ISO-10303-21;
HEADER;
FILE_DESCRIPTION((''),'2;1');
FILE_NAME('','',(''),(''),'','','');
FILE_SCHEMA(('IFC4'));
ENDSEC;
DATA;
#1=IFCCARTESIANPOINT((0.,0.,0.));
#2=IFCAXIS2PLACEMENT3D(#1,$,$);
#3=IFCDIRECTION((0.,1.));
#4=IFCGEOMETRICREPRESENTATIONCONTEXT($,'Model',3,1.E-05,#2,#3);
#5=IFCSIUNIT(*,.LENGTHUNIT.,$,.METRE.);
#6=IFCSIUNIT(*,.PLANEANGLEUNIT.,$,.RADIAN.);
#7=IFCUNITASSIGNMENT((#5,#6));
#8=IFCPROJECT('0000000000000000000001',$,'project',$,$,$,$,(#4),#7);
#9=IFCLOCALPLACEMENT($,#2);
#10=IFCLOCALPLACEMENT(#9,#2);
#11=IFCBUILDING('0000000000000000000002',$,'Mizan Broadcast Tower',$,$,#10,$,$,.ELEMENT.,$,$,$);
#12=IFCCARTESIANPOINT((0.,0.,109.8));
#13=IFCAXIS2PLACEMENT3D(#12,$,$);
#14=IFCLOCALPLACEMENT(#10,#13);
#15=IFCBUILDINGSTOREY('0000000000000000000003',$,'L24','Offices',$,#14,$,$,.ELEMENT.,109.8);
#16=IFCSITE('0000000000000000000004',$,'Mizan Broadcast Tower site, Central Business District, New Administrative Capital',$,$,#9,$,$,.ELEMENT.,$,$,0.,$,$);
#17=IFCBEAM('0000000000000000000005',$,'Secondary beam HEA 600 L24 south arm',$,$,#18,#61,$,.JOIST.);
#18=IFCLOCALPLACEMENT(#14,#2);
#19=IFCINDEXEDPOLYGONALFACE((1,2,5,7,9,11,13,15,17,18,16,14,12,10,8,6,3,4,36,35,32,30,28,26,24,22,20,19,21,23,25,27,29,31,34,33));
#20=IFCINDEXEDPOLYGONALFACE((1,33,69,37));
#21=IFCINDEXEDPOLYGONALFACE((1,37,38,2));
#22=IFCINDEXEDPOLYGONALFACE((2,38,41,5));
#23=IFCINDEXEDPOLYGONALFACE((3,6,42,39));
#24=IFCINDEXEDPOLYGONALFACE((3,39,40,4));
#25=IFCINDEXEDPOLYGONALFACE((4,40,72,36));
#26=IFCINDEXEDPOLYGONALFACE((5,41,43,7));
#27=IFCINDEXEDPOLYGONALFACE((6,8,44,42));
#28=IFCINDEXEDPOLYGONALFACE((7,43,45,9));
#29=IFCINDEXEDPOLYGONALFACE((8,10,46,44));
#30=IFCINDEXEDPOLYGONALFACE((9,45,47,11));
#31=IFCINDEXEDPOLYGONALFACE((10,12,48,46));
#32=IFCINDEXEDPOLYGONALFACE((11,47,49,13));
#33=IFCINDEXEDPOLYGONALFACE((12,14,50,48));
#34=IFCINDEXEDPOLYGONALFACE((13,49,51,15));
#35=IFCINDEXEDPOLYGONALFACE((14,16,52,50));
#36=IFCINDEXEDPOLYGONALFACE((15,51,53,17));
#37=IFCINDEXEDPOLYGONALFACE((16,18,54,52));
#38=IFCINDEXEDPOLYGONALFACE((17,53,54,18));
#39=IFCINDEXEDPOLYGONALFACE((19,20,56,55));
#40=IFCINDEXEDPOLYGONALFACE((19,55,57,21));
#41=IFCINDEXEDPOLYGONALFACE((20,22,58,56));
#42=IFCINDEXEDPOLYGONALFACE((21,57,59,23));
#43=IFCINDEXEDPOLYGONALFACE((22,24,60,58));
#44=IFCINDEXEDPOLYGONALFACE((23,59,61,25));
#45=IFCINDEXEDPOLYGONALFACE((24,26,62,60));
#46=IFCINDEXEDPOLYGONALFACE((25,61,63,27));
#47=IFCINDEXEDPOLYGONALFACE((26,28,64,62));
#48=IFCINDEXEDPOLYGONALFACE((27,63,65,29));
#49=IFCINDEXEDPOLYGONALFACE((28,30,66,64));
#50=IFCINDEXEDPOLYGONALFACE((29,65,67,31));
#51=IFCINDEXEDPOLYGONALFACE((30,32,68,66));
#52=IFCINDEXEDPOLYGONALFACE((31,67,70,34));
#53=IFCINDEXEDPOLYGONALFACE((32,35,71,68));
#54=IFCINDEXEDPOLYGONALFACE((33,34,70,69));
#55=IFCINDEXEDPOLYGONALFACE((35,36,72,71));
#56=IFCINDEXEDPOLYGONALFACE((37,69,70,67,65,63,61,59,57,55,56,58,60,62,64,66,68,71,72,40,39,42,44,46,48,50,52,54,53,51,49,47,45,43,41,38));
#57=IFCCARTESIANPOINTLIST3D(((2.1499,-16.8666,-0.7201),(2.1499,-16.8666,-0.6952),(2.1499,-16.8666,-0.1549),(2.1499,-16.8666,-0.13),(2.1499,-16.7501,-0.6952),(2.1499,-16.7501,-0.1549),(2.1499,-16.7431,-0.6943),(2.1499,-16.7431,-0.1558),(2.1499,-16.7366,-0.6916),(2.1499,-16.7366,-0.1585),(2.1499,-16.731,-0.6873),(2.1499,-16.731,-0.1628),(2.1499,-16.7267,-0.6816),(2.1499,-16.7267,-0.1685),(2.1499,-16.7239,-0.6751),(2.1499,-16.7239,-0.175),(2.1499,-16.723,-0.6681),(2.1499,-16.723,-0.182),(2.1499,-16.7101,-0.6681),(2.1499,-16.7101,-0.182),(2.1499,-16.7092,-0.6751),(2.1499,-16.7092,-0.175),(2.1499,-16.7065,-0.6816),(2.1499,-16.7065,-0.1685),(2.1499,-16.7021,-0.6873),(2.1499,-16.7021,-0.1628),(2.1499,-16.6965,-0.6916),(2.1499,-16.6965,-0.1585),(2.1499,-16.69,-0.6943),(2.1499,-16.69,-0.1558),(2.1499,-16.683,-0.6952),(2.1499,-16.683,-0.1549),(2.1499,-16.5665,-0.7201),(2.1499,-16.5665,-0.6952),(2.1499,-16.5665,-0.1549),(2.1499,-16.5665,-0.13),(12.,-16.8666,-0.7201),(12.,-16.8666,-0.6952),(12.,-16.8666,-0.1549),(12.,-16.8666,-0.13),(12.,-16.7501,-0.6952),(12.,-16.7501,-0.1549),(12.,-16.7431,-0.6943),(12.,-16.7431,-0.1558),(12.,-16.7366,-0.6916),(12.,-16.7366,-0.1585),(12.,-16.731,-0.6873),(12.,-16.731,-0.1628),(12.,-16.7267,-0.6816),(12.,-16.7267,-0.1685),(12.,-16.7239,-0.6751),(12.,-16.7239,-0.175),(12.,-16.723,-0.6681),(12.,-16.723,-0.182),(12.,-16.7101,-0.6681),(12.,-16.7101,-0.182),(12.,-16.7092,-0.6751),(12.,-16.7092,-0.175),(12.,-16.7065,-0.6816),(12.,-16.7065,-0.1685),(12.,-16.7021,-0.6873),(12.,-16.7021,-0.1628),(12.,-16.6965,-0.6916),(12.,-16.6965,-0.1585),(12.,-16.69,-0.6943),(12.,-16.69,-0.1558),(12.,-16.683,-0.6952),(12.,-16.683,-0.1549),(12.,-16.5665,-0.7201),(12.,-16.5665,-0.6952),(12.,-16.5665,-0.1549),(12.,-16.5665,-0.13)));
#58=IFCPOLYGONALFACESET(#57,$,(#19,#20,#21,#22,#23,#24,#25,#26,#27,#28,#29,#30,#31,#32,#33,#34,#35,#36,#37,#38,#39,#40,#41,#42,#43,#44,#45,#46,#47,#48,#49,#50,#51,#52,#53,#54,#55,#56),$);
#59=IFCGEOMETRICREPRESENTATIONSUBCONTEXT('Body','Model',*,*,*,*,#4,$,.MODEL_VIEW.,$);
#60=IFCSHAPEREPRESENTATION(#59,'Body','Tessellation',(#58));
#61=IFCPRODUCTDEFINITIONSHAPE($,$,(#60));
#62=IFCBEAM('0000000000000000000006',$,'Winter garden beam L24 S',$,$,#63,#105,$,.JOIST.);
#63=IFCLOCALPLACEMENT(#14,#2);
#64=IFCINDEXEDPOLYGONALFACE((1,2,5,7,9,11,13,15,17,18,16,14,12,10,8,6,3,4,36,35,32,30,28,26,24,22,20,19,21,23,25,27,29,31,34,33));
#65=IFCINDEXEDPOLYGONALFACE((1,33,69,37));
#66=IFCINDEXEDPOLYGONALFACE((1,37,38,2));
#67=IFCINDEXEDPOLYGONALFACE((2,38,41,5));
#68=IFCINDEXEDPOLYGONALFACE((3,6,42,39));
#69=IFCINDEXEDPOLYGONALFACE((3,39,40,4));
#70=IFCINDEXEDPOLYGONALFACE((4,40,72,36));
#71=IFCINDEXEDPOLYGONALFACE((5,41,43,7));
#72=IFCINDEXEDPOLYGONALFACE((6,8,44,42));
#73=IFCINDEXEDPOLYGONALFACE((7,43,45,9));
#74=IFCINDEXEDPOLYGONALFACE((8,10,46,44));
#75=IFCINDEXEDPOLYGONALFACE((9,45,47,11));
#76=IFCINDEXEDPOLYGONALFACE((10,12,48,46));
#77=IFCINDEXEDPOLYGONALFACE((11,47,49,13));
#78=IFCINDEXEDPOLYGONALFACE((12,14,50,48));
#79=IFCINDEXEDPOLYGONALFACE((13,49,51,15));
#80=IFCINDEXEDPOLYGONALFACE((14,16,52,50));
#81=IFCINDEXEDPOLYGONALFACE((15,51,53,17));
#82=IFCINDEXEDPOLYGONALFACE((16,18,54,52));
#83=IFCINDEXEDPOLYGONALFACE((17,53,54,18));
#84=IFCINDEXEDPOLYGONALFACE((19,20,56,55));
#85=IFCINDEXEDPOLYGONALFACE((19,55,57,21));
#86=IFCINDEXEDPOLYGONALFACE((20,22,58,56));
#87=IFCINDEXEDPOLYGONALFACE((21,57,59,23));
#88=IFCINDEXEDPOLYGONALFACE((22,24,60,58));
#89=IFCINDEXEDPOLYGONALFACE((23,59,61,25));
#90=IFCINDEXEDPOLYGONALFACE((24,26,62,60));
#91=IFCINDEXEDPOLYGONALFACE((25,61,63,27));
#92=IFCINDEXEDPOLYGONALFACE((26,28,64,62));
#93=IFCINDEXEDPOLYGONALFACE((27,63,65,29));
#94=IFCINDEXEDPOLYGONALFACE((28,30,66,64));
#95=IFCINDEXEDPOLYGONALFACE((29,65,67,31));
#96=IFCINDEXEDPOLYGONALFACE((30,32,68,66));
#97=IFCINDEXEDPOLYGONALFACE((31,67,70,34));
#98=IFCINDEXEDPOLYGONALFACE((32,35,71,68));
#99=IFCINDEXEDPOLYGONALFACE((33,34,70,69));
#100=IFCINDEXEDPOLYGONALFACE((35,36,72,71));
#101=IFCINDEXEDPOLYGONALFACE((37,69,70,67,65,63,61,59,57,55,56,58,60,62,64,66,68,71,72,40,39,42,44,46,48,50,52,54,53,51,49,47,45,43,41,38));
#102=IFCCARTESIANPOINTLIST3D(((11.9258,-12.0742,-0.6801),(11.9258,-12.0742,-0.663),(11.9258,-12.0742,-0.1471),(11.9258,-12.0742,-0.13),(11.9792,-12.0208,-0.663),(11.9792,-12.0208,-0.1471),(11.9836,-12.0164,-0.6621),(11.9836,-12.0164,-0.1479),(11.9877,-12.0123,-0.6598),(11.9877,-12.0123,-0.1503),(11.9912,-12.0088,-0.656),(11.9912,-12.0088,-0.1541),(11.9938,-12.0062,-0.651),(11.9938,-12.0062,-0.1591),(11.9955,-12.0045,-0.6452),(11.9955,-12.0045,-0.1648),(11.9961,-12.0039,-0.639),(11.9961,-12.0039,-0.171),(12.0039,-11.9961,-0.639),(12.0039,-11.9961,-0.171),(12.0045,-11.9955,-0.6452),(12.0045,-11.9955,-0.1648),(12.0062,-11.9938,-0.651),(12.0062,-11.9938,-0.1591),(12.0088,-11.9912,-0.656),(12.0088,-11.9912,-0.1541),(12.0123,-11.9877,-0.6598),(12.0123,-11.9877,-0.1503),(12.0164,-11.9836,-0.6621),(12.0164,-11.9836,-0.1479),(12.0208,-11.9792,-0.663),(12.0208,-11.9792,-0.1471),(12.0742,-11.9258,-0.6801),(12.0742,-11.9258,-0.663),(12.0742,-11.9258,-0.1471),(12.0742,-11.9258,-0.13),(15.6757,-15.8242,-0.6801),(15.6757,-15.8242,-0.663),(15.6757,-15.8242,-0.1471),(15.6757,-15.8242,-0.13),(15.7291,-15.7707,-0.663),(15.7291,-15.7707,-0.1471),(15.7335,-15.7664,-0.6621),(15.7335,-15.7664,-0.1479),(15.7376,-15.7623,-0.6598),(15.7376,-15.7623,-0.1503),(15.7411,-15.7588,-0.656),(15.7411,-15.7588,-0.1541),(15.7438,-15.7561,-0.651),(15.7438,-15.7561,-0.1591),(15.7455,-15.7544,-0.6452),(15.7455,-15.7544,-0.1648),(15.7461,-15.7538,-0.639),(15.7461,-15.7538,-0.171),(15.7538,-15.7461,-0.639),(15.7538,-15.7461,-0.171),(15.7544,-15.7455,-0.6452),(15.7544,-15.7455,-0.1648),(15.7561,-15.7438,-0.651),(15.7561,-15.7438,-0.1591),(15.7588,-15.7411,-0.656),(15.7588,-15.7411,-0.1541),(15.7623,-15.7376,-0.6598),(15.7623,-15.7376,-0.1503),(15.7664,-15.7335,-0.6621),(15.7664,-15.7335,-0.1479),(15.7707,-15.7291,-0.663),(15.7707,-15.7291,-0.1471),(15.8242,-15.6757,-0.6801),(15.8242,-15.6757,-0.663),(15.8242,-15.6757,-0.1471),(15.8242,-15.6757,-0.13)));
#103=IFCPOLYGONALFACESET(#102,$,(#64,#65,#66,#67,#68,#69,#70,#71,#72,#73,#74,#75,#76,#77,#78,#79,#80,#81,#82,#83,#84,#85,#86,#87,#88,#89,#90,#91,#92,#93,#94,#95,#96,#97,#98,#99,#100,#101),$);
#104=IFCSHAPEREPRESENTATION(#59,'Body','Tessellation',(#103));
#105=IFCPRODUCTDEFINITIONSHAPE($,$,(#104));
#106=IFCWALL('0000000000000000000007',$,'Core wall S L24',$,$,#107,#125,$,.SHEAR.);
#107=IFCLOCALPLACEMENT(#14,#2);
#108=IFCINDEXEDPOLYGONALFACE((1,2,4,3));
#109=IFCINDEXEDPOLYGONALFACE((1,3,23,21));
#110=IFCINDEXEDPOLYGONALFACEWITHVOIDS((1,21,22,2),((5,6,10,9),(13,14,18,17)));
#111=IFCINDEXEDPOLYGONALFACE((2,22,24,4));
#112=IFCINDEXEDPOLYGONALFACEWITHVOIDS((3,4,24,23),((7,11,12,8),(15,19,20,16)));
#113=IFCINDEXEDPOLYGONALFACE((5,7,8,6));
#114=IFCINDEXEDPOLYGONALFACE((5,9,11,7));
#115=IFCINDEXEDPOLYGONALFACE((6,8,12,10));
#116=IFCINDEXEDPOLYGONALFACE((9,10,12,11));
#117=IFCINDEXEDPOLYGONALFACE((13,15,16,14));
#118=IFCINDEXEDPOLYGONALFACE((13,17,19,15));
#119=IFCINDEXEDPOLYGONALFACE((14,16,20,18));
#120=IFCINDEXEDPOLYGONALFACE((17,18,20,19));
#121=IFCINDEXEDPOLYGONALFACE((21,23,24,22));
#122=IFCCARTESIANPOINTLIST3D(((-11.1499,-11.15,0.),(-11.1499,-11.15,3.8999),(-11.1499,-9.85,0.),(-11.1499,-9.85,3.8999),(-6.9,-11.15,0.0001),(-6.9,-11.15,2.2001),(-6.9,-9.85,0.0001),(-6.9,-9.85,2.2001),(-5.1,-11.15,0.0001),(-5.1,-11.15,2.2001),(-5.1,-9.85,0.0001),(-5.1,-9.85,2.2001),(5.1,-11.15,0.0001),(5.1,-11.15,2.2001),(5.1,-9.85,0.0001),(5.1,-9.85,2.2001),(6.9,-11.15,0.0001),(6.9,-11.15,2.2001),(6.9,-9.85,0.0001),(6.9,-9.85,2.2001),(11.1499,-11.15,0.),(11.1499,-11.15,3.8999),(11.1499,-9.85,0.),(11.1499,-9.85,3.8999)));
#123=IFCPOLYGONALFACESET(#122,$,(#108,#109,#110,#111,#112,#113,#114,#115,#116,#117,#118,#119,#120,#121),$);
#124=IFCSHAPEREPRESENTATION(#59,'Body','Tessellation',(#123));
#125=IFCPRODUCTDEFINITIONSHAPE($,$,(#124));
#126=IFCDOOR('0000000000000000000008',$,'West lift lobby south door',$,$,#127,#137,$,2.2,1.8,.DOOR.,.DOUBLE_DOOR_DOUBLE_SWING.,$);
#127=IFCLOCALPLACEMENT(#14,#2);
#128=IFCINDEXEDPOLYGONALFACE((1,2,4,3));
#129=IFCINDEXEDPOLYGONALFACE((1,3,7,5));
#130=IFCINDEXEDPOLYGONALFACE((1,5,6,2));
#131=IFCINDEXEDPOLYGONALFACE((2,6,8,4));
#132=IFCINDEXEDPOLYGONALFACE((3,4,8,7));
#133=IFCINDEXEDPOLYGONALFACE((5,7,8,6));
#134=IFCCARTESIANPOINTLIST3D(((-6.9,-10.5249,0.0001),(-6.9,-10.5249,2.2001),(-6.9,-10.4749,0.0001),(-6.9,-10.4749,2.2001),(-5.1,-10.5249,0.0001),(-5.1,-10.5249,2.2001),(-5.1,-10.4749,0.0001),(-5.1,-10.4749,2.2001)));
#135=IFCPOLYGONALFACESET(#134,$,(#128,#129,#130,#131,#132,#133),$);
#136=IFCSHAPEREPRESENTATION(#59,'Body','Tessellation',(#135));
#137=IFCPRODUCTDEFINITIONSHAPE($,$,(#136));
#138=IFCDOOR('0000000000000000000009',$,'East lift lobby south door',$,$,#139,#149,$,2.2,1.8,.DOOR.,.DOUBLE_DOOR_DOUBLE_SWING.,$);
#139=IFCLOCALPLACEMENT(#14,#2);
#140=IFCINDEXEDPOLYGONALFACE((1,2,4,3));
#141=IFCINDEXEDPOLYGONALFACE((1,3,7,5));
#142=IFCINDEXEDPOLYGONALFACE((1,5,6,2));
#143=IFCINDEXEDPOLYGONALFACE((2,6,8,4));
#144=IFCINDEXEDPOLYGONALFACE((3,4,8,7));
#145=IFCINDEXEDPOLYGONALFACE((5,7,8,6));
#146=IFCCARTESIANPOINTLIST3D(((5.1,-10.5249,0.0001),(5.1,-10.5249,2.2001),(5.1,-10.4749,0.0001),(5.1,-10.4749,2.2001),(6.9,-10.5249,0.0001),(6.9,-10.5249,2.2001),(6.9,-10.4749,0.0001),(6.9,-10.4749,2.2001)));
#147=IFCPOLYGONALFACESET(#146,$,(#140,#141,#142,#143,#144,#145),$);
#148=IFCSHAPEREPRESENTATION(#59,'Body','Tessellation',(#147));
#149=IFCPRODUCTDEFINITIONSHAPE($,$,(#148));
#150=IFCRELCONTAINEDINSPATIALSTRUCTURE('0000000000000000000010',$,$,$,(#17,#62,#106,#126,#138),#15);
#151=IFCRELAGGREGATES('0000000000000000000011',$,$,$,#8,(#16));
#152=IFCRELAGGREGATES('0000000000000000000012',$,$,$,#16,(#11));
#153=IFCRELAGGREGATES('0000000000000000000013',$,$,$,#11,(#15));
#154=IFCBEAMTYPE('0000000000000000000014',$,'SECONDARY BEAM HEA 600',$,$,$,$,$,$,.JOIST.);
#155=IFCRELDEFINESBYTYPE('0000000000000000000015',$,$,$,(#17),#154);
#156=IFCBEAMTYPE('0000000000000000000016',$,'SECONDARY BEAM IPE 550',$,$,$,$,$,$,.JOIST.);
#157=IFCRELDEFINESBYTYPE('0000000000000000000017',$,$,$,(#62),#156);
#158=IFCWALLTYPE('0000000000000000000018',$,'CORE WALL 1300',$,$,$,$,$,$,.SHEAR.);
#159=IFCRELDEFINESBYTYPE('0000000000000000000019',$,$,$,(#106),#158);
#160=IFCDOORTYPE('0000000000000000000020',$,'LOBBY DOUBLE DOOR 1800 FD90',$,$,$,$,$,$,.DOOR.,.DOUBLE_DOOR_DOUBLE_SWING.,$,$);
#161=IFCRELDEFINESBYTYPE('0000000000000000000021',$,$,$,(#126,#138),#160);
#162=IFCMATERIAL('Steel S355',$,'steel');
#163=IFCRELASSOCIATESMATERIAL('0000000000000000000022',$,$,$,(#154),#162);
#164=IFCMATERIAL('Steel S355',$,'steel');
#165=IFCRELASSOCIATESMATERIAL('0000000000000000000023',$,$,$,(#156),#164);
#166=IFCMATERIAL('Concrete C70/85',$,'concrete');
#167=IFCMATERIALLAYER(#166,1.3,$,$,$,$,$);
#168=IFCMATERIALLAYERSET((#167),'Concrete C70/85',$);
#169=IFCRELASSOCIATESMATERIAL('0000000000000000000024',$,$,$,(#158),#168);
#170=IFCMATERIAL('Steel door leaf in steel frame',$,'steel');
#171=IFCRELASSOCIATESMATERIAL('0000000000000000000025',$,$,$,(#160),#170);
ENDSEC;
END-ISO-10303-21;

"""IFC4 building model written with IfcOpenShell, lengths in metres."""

from ifc_helpers import new_model, si_unit, direction, frame, frame_2d, origin, origin_2d, place, context, subcontext, project, spatial, rectangle, i_section, extrude, material, layer, layer_set, material_profile, profile_set, type_object, element, fill, save


model = new_model("IFC4")

# Units and contexts
model_context = context("Model", 3, precision=1e-05, world=origin(), true_north=direction((0.0, 1.0)))
body_context = subcontext(model_context, "Body", "Model", "MODEL_VIEW")
ifc_project = project(units=[si_unit("LENGTHUNIT", "METRE"), si_unit("PLANEANGLEUNIT", "RADIAN")], contexts=[model_context])

# Site, building, storey
site_placement = place(None, origin())
site = spatial("IfcSite", under=ifc_project, at=site_placement, Name="Mizan Broadcast Tower site, Central Business District, New Administrative Capital", CompositionType="ELEMENT", RefElevation=0.0)
building_placement = place(site_placement, origin())
building = spatial("IfcBuilding", under=site, at=building_placement, Name="Mizan Broadcast Tower", CompositionType="ELEMENT")
storey_placement = place(building_placement, frame((0.0, 0.0, 109.8)))
storey = spatial("IfcBuildingStorey", under=building, at=storey_placement, Name="L24", Description="Offices", CompositionType="ELEMENT", Elevation=109.8)

# Beams
ifc_material_1 = material(Name="Steel S355", Category="steel")
ifc_material_profile_1 = material_profile(ifc_material_1, i_section(OverallWidth=0.3, OverallDepth=0.5901, WebThickness=0.0129, FlangeThickness=0.0249, FilletRadius=0.0271, at=origin_2d()), Name="HEA 600")
ifc_profile_set_1 = profile_set([ifc_material_profile_1], Name="Steel S355")
beam_type_1 = type_object("IfcBeamType", Name="SECONDARY BEAM HEA 600", PredefinedType="JOIST", material=ifc_profile_set_1)
for number, where, z_axis, x_axis, name in (
    (1, (12.0, -16.7166, -0.425), (-1.0, 0.0, 0.0), (0.0, -1.0, 0.0), "Secondary beam HEA 600 L24 south arm"),
):
    element("IfcBeam", number, at=place(storey_placement, frame(where, z_axis=z_axis, x_axis=x_axis)), inside=storey, type_object=beam_type_1, Name=name, PredefinedType="JOIST", context=body_context, shape_type="SweptSolid", body=[
        extrude(i_section(OverallWidth=0.3, OverallDepth=0.5901, WebThickness=0.0129, FlangeThickness=0.0249, FilletRadius=0.0271, at=origin_2d()), origin(), (0.0, 0.0, 1.0), 9.8501),
    ])
ifc_material_2 = material(Name="Steel S355", Category="steel")
ifc_material_profile_2 = material_profile(ifc_material_2, i_section(OverallWidth=0.21, OverallDepth=0.55, WebThickness=0.011, FlangeThickness=0.0171, FilletRadius=0.0239, at=origin_2d()), Name="IPE 550")
ifc_profile_set_2 = profile_set([ifc_material_profile_2], Name="Steel S355")
beam_type_2 = type_object("IfcBeamType", Name="SECONDARY BEAM IPE 550", PredefinedType="JOIST", material=ifc_profile_set_2)
beam_1_placement = place(storey_placement, frame((12.0, -12.0, -0.405), z_axis=(0.707107, -0.707107, 0.0), x_axis=(0.707107, 0.707107, 0.0)))
element("IfcBeam", 2, at=beam_1_placement, inside=storey, type_object=beam_type_2, Name="Winter garden beam L24 S", PredefinedType="JOIST", context=body_context, shape_type="SweptSolid", body=[
    extrude(i_section(OverallWidth=0.21, OverallDepth=0.55, WebThickness=0.011, FlangeThickness=0.0171, FilletRadius=0.0239, at=origin_2d()), origin(), (0.0, 0.0, 1.0), 5.3032),
])

# Wall, openings, doors
ifc_material_3 = material(Name="Concrete C70/85", Category="concrete")
ifc_layer_1 = layer(ifc_material_3, 1.3)
ifc_layer_set_1 = layer_set([ifc_layer_1], Name="Concrete C70/85")
wall_type_1 = type_object("IfcWallType", Name="CORE WALL 1300", PredefinedType="SHEAR", material=ifc_layer_set_1)
wall_1_placement = place(storey_placement, frame((11.1499, -10.5, 0.0), z_axis=(0.0, 0.0, 1.0), x_axis=(-1.0, 0.0, 0.0)))
wall_1 = element("IfcWall", 3, at=wall_1_placement, inside=storey, type_object=wall_type_1, Name="Core wall S L24", PredefinedType="SHEAR", context=body_context, shape_type="SweptSolid", body=[
    extrude(rectangle(XDim=22.2998, YDim=1.3, at=frame_2d((11.1499, 0.0))), origin(), (0.0, 0.0, 1.0), 3.8999),
])
opening_1_placement = place(wall_1_placement, frame((16.25, 0.0, 0.0)))
opening_1 = element("IfcOpeningElement", 4, at=opening_1_placement, cuts=wall_1, PredefinedType="OPENING", context=body_context, shape_type="SweptSolid", body=[
    extrude(rectangle(XDim=1.8, YDim=2.2, at=frame_2d((0.8999, 1.1001))), frame((0.0, 0.6599, 0.0), z_axis=(0.0, -1.0, 0.0), x_axis=(1.0, 0.0, 0.0)), (0.0, 0.0, 1.0), 1.3201),
])
opening_2_placement = place(wall_1_placement, frame((4.25, 0.0, 0.0)))
opening_2 = element("IfcOpeningElement", 5, at=opening_2_placement, cuts=wall_1, PredefinedType="OPENING", context=body_context, shape_type="SweptSolid", body=[
    extrude(rectangle(XDim=1.8, YDim=2.2, at=frame_2d((0.8999, 1.1001))), frame((0.0, 0.6599, 0.0), z_axis=(0.0, -1.0, 0.0), x_axis=(1.0, 0.0, 0.0)), (0.0, 0.0, 1.0), 1.3201),
])
ifc_material_4 = material(Name="Steel door leaf in steel frame", Category="steel")
door_type_1 = type_object("IfcDoorType", Name="LOBBY DOUBLE DOOR 1800 FD90", OperationType="DOUBLE_DOOR_DOUBLE_SWING", PredefinedType="DOOR", material=ifc_material_4)
door_1_placement = place(opening_1_placement, origin())
door_1 = element("IfcDoor", 6, at=door_1_placement, inside=storey, type_object=door_type_1, Name="West lift lobby south door", OperationType="DOUBLE_DOOR_DOUBLE_SWING", OverallHeight=2.2, OverallWidth=1.8, PredefinedType="DOOR", context=body_context, shape_type="SweptSolid", body=[
    extrude(rectangle(XDim=1.8, YDim=2.2, at=frame_2d((0.8999, 1.1001))), frame((0.0, 0.0249, 0.0), z_axis=(0.0, -1.0, 0.0), x_axis=(1.0, 0.0, 0.0)), (0.0, 0.0, 1.0), 0.05),
])
fill(opening_1, door_1)
door_2_placement = place(opening_2_placement, origin())
door_2 = element("IfcDoor", 7, at=door_2_placement, inside=storey, type_object=door_type_1, Name="East lift lobby south door", OperationType="DOUBLE_DOOR_DOUBLE_SWING", OverallHeight=2.2, OverallWidth=1.8, PredefinedType="DOOR", context=body_context, shape_type="SweptSolid", body=[
    extrude(rectangle(XDim=1.8, YDim=2.2, at=frame_2d((0.8999, 1.1001))), frame((0.0, 0.0249, 0.0), z_axis=(0.0, -1.0, 0.0), x_axis=(1.0, 0.0, 0.0)), (0.0, 0.0, 1.0), 0.05),
])
fill(opening_2, door_2)

save(model, "model.ifc")
